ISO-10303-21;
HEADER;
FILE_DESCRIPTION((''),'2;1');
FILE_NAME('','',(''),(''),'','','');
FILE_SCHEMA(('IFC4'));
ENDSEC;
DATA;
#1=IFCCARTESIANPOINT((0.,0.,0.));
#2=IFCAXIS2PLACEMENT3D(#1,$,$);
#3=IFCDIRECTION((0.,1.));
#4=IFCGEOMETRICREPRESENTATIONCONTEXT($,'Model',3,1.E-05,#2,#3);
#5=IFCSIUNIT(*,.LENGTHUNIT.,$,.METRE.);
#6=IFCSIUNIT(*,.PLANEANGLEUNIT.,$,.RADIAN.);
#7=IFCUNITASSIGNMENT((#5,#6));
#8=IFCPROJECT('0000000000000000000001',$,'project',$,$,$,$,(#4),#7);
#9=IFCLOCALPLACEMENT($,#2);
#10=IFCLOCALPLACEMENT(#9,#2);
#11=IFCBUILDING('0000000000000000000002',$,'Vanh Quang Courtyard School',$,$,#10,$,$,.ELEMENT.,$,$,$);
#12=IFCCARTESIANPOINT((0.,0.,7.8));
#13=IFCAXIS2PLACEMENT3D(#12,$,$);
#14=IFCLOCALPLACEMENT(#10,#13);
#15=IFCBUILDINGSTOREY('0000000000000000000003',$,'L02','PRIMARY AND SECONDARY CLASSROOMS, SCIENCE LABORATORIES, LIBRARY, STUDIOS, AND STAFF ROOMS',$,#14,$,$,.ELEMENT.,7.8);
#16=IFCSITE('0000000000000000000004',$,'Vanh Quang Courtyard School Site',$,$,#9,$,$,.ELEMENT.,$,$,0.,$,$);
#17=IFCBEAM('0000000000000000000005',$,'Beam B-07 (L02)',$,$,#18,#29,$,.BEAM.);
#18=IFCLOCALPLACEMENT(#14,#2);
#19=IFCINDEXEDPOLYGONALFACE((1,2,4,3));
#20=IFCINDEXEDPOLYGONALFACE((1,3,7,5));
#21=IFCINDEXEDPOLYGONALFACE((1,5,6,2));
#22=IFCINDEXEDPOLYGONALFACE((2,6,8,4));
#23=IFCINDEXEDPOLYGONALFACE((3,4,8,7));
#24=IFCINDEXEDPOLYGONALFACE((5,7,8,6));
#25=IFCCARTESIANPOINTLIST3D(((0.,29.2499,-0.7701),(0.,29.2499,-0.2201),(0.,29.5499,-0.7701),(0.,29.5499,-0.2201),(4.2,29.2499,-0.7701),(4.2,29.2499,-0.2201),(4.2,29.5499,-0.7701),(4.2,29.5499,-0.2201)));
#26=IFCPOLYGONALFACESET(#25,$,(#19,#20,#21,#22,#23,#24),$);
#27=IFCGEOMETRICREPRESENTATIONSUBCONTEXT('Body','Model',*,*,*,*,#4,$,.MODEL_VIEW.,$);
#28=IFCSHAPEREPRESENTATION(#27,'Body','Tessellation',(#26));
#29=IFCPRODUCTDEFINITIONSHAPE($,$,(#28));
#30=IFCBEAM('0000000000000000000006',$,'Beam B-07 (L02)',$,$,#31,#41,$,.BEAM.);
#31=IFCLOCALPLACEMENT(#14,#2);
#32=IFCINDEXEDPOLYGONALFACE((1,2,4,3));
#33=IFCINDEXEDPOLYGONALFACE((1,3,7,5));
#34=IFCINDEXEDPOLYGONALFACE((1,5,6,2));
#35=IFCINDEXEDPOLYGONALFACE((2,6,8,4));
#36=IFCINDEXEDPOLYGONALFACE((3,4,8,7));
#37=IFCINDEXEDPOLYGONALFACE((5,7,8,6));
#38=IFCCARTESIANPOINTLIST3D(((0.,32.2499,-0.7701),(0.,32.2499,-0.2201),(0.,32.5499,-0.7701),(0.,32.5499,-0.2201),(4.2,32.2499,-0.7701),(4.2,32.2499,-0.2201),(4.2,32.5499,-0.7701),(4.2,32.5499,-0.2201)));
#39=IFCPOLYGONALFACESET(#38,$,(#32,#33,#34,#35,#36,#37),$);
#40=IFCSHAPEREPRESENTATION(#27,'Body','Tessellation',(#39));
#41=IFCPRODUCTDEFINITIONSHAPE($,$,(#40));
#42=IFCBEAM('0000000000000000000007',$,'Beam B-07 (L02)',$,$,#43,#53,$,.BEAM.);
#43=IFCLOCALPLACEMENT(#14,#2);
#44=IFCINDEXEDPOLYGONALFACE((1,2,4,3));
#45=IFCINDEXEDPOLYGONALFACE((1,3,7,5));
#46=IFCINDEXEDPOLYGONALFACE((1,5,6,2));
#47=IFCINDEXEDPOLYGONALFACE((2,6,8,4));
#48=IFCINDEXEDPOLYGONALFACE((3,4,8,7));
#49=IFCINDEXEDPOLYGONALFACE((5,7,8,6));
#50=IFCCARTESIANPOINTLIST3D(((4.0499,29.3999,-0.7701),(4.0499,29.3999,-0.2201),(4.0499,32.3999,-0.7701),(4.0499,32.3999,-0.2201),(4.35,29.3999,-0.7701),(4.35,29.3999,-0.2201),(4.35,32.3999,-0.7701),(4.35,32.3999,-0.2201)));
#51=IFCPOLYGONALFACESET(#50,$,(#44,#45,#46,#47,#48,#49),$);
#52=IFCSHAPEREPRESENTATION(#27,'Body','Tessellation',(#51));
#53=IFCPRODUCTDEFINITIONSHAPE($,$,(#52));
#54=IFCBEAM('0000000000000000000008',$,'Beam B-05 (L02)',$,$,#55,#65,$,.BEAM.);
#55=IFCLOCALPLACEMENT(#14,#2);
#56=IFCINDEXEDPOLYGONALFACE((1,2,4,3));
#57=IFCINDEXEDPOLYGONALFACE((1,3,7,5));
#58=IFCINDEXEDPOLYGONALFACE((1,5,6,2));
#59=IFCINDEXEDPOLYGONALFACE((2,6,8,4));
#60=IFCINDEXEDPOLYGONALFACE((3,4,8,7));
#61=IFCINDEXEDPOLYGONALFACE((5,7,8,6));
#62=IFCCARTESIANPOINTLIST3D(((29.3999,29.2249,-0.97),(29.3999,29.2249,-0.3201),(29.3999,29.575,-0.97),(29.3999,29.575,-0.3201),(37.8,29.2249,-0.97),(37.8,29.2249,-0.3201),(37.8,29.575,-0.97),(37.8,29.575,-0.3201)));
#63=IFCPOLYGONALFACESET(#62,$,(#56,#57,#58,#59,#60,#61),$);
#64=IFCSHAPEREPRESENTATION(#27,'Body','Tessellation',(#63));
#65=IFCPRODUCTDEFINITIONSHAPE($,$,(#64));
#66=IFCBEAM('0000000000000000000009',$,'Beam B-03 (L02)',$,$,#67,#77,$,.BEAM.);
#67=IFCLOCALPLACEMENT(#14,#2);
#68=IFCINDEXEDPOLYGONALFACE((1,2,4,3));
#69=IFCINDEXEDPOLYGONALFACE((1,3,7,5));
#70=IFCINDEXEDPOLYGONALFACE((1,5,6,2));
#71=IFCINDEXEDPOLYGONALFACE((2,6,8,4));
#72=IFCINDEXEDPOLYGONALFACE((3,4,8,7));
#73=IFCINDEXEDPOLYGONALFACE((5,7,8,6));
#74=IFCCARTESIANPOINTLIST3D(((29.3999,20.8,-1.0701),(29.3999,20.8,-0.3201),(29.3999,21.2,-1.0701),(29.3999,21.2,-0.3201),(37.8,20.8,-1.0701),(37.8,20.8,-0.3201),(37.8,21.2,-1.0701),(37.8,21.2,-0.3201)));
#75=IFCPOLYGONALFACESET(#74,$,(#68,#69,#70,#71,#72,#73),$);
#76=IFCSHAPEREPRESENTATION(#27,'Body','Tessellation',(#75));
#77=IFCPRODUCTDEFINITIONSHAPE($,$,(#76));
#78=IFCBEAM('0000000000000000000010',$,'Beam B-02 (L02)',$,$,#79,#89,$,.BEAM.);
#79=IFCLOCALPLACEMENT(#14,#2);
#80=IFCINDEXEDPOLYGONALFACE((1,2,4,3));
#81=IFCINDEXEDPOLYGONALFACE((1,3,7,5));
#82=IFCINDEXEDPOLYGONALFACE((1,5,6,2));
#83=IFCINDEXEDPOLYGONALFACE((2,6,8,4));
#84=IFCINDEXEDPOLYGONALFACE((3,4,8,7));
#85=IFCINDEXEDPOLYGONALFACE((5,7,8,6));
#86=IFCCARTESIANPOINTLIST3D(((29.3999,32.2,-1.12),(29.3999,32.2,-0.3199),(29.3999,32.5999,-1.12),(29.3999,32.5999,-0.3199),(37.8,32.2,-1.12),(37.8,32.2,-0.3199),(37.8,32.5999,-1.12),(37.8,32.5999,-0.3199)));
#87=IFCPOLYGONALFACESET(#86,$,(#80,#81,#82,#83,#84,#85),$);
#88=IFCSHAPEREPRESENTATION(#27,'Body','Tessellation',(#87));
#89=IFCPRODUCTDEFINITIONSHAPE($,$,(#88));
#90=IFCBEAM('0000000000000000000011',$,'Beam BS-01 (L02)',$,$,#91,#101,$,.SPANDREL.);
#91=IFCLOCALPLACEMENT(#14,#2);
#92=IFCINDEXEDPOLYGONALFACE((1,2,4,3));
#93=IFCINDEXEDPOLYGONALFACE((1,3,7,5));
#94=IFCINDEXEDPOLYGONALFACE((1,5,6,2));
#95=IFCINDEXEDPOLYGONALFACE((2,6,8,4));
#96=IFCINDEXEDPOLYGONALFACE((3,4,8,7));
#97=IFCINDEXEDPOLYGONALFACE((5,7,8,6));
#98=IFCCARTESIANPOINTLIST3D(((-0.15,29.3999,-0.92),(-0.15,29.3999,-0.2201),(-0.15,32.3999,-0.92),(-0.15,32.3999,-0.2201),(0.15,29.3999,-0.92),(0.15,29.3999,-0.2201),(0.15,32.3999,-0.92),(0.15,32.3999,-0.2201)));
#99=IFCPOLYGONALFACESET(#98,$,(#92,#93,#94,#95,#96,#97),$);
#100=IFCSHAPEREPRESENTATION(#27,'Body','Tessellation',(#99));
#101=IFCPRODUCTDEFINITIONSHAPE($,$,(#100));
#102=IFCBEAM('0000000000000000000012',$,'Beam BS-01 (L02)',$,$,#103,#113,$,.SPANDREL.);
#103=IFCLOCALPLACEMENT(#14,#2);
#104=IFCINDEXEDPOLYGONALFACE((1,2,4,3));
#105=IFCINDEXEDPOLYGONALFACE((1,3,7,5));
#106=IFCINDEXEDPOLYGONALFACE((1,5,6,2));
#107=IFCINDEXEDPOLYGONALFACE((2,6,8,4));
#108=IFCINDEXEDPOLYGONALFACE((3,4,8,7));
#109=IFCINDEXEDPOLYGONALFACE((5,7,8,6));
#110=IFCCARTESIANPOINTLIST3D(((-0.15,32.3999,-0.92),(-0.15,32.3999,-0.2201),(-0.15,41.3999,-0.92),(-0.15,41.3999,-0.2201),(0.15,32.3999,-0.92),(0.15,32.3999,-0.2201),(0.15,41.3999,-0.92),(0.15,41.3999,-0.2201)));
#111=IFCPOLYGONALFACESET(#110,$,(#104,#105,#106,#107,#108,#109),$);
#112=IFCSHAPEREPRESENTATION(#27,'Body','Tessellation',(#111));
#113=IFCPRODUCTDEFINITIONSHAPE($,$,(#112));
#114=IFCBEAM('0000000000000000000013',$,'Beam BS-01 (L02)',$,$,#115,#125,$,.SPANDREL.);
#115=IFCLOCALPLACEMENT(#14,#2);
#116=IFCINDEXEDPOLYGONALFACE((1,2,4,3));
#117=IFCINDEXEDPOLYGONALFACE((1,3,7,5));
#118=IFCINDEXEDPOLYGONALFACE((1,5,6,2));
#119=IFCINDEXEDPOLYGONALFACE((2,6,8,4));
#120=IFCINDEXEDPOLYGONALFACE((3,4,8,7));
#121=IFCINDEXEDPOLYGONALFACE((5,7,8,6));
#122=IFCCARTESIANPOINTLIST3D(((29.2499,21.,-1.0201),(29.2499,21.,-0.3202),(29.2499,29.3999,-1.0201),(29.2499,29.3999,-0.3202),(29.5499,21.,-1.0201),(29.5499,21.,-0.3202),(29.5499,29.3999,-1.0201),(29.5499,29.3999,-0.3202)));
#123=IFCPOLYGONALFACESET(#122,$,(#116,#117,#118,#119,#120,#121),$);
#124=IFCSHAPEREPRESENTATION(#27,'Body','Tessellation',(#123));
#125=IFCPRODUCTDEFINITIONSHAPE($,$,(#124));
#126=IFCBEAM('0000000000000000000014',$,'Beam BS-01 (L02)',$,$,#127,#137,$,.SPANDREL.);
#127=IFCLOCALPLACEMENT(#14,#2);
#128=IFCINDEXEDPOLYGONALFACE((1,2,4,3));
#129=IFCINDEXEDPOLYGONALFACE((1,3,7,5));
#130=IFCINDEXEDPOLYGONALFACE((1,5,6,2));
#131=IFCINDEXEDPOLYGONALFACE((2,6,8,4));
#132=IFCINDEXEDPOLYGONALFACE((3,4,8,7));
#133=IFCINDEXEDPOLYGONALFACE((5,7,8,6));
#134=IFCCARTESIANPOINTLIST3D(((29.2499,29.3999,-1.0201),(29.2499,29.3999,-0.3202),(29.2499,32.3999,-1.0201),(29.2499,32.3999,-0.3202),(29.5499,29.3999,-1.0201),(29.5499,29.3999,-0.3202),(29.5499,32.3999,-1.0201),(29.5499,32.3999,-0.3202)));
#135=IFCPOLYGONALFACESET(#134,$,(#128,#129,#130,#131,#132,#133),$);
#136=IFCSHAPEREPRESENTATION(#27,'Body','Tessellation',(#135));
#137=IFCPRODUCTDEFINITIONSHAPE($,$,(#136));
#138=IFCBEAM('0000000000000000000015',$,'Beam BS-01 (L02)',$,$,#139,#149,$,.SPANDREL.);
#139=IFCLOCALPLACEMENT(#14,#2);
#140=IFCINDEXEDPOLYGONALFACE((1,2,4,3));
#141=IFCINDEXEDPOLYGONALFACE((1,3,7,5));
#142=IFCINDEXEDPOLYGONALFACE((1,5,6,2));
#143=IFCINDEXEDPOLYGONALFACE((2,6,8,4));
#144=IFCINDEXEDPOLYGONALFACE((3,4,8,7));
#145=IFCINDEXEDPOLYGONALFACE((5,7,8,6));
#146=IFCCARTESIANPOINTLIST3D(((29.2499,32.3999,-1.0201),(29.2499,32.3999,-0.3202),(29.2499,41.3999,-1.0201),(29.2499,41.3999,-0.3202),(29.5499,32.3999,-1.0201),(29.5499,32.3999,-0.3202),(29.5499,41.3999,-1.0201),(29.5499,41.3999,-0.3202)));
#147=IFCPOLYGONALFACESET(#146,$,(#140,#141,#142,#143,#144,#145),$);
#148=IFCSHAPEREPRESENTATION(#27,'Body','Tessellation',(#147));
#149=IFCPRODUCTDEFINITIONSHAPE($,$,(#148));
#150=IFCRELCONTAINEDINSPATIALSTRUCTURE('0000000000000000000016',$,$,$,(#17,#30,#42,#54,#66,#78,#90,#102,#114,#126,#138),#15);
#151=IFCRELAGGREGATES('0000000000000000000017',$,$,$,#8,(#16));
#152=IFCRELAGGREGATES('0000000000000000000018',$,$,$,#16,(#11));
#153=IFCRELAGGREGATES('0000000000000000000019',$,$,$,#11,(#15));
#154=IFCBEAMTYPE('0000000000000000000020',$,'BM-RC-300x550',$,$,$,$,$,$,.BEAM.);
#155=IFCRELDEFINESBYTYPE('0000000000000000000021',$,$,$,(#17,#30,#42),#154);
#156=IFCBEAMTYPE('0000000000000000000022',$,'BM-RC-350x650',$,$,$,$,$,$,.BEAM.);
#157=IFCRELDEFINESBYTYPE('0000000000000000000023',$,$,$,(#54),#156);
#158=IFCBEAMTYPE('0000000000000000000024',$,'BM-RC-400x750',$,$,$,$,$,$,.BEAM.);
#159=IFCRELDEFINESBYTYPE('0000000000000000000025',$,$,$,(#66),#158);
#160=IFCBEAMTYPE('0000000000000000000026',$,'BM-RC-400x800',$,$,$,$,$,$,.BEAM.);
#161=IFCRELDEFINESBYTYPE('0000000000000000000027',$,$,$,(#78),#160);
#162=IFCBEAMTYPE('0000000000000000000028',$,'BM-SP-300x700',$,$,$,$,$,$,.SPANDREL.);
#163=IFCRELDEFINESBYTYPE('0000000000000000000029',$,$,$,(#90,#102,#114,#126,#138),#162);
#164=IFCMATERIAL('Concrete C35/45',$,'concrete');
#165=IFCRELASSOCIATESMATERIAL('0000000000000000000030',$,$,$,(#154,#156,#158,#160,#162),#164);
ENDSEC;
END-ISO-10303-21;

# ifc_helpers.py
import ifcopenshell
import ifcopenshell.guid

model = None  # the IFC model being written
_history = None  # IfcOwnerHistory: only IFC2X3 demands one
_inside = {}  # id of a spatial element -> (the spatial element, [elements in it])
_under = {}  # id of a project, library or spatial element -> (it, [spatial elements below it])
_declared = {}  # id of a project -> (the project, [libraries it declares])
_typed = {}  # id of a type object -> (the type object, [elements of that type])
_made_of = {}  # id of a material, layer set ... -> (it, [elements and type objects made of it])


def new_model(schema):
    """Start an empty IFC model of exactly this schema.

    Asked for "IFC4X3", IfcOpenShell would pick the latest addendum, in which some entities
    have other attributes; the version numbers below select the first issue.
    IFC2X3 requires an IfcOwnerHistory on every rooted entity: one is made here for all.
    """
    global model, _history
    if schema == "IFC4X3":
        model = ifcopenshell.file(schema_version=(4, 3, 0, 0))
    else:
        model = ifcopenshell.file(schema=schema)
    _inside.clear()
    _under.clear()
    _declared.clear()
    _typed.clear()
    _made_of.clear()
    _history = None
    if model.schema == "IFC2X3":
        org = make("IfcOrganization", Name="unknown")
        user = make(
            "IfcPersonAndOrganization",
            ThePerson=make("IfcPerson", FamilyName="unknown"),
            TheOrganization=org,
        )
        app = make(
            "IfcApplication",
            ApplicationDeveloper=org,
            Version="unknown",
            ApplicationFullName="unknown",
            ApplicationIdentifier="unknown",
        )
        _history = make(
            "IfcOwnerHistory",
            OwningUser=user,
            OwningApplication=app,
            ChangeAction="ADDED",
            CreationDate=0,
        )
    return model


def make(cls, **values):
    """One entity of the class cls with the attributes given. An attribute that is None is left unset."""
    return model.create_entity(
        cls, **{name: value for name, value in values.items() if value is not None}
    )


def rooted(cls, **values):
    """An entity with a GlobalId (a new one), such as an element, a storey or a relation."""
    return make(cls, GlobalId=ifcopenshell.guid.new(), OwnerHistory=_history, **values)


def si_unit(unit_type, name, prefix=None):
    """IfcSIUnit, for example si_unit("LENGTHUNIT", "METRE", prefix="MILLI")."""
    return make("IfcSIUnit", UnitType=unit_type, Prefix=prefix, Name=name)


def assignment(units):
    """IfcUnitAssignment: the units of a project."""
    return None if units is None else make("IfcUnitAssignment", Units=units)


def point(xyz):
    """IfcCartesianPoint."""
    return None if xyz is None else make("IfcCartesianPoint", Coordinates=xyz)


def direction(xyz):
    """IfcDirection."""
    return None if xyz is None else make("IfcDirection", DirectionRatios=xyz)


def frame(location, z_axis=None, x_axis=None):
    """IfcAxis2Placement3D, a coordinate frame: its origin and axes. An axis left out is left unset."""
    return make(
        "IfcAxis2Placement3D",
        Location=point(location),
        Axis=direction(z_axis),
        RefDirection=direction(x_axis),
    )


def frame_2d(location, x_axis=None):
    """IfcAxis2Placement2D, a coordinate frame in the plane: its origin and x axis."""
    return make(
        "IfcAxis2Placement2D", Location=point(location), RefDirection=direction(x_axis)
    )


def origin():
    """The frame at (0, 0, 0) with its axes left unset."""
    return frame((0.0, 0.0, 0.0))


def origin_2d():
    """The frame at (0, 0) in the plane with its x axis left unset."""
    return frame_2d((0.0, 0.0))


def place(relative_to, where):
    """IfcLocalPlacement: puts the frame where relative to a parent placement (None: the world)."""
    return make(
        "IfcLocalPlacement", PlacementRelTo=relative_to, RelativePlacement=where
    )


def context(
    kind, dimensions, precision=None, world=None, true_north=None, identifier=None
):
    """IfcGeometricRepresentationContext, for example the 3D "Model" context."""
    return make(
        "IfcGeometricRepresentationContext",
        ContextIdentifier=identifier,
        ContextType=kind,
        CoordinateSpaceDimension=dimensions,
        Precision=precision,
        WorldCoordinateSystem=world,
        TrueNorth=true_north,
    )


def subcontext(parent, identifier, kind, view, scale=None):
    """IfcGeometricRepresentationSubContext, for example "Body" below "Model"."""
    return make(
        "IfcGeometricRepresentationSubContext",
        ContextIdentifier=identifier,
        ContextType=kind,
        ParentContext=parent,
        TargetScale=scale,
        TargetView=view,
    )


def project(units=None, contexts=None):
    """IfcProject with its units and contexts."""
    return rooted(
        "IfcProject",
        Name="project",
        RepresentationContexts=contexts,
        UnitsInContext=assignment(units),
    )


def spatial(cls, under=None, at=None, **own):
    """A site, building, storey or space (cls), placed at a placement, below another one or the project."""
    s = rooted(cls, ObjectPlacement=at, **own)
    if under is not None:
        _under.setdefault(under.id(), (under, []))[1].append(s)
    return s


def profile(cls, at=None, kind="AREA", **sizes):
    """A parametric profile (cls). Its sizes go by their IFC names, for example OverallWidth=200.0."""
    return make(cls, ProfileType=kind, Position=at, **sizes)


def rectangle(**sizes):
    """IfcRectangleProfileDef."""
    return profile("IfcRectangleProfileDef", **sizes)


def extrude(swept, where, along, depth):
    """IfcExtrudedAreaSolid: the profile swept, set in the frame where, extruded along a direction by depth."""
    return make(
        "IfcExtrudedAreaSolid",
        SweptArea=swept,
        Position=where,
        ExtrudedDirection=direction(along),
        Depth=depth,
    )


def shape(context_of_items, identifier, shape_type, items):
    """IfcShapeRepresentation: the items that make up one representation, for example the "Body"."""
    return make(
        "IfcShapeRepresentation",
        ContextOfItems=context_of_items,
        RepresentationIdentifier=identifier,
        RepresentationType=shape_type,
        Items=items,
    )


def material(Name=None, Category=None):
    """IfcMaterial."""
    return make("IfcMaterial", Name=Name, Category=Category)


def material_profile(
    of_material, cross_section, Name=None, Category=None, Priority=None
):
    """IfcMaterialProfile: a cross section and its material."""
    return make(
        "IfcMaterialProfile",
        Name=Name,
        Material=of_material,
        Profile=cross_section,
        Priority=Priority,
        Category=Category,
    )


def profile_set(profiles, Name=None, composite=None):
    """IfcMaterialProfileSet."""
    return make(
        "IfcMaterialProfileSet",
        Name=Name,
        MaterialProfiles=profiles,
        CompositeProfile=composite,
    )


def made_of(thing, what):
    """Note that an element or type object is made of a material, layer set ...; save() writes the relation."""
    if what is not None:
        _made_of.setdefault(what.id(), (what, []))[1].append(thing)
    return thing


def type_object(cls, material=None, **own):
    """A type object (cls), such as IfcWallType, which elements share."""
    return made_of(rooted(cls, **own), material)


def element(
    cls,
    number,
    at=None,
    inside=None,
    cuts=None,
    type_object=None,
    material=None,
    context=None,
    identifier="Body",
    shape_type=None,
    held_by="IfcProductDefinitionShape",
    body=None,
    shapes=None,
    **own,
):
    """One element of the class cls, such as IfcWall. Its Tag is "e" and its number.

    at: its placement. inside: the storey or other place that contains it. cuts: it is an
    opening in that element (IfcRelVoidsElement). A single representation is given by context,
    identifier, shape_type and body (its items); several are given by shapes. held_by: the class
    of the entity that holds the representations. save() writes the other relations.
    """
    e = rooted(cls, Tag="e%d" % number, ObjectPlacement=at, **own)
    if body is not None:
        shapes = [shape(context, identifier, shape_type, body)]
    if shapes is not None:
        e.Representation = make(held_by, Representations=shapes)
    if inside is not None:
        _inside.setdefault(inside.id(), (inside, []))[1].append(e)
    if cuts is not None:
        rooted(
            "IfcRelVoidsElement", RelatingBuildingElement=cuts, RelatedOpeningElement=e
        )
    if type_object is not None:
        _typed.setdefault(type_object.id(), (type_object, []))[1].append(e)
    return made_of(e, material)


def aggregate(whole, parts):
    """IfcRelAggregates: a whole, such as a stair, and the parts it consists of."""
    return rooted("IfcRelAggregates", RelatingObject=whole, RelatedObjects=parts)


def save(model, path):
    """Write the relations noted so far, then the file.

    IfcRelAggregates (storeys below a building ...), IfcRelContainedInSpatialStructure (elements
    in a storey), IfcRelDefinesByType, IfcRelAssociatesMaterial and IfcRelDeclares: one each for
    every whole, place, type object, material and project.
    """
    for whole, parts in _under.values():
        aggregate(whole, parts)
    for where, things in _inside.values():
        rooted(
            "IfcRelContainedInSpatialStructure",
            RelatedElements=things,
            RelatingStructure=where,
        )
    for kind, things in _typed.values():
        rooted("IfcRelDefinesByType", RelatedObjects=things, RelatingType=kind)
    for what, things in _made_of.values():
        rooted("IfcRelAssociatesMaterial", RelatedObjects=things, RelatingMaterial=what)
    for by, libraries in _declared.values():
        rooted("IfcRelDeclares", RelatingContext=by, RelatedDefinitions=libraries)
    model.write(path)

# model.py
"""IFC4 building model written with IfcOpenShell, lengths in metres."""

from ifc_helpers import new_model, si_unit, direction, frame, origin, origin_2d, place, context, subcontext, project, spatial, rectangle, extrude, material, material_profile, profile_set, type_object, element, save


model = new_model("IFC4")

# Units and contexts
model_context = context("Model", 3, precision=1e-05, world=origin(), true_north=direction((0.0, 1.0)))
body_context = subcontext(model_context, "Body", "Model", "MODEL_VIEW")
ifc_project = project(units=[si_unit("LENGTHUNIT", "METRE"), si_unit("PLANEANGLEUNIT", "RADIAN")], contexts=[model_context])

# Site, building, storey
site_placement = place(None, origin())
site = spatial("IfcSite", under=ifc_project, at=site_placement, Name="Vanh Quang Courtyard School Site", CompositionType="ELEMENT", RefElevation=0.0)
building_placement = place(site_placement, origin())
building = spatial("IfcBuilding", under=site, at=building_placement, Name="Vanh Quang Courtyard School", CompositionType="ELEMENT")
storey_placement = place(building_placement, frame((0.0, 0.0, 7.8)))
storey = spatial("IfcBuildingStorey", under=building, at=storey_placement, Name="L02", Description="PRIMARY AND SECONDARY CLASSROOMS, SCIENCE LABORATORIES, LIBRARY, STUDIOS, AND STAFF ROOMS", CompositionType="ELEMENT", Elevation=7.8)

# Beams
ifc_material_1 = material(Name="Concrete C35/45", Category="concrete")
ifc_material_profile_1 = material_profile(ifc_material_1, rectangle(XDim=0.3, YDim=0.55, at=origin_2d()), Name="RC-BM 300x550")
ifc_profile_set_1 = profile_set([ifc_material_profile_1], Name="Concrete C35/45")
beam_type_1 = type_object("IfcBeamType", Name="BM-RC-300x550", PredefinedType="BEAM", material=ifc_profile_set_1)
for number, where, z_axis, x_axis, name in (
    (1, (0.0, 29.3999, -0.4951), (1.0, 0.0, 0.0), (0.0, 1.0, 0.0), "Beam B-07 (L02)"),
    (2, (0.0, 32.3999, -0.4951), (1.0, 0.0, 0.0), (0.0, 1.0, 0.0), "Beam B-07 (L02)"),
):
    element("IfcBeam", number, at=place(storey_placement, frame(where, z_axis=z_axis, x_axis=x_axis)), inside=storey, type_object=beam_type_1, Name=name, PredefinedType="BEAM", context=body_context, shape_type="SweptSolid", body=[
        extrude(rectangle(XDim=0.3, YDim=0.55, at=origin_2d()), origin(), (0.0, 0.0, 1.0), 4.2),
    ])
beam_1_placement = place(storey_placement, frame((4.2, 29.3999, -0.4951), z_axis=(0.0, 1.0, 0.0), x_axis=(-1.0, 0.0, 0.0)))
element("IfcBeam", 3, at=beam_1_placement, inside=storey, type_object=beam_type_1, Name="Beam B-07 (L02)", PredefinedType="BEAM", context=body_context, shape_type="SweptSolid", body=[
    extrude(rectangle(XDim=0.3, YDim=0.55, at=origin_2d()), origin(), (0.0, 0.0, 1.0), 3.0),
])
ifc_material_profile_2 = material_profile(ifc_material_1, rectangle(XDim=0.3501, YDim=0.6499, at=origin_2d()), Name="RC-BM 350x650")
ifc_profile_set_2 = profile_set([ifc_material_profile_2], Name="Concrete C35/45")
beam_type_2 = type_object("IfcBeamType", Name="BM-RC-350x650", PredefinedType="BEAM", material=ifc_profile_set_2)
beam_2_placement = place(storey_placement, frame((29.3999, 29.3999, -0.645), z_axis=(1.0, 0.0, 0.0), x_axis=(0.0, 1.0, 0.0)))
element("IfcBeam", 4, at=beam_2_placement, inside=storey, type_object=beam_type_2, Name="Beam B-05 (L02)", PredefinedType="BEAM", context=body_context, shape_type="SweptSolid", body=[
    extrude(rectangle(XDim=0.3501, YDim=0.6499, at=origin_2d()), origin(), (0.0, 0.0, 1.0), 8.4001),
])
ifc_material_profile_3 = material_profile(ifc_material_1, rectangle(XDim=0.3999, YDim=0.75, at=origin_2d()), Name="RC-BM 400x750")
ifc_profile_set_3 = profile_set([ifc_material_profile_3], Name="Concrete C35/45")
beam_type_3 = type_object("IfcBeamType", Name="BM-RC-400x750", PredefinedType="BEAM", material=ifc_profile_set_3)
beam_3_placement = place(storey_placement, frame((29.3999, 21.0, -0.6951), z_axis=(1.0, 0.0, 0.0), x_axis=(0.0, 1.0, 0.0)))
element("IfcBeam", 5, at=beam_3_placement, inside=storey, type_object=beam_type_3, Name="Beam B-03 (L02)", PredefinedType="BEAM", context=body_context, shape_type="SweptSolid", body=[
    extrude(rectangle(XDim=0.3999, YDim=0.75, at=origin_2d()), origin(), (0.0, 0.0, 1.0), 8.4001),
])
ifc_material_profile_4 = material_profile(ifc_material_1, rectangle(XDim=0.3999, YDim=0.8, at=origin_2d()), Name="RC-BM 400x800")
ifc_profile_set_4 = profile_set([ifc_material_profile_4], Name="Concrete C35/45")
beam_type_4 = type_object("IfcBeamType", Name="BM-RC-400x800", PredefinedType="BEAM", material=ifc_profile_set_4)
beam_4_placement = place(storey_placement, frame((29.3999, 32.3999, -0.72), z_axis=(1.0, 0.0, 0.0), x_axis=(0.0, 1.0, 0.0)))
element("IfcBeam", 6, at=beam_4_placement, inside=storey, type_object=beam_type_4, Name="Beam B-02 (L02)", PredefinedType="BEAM", context=body_context, shape_type="SweptSolid", body=[
    extrude(rectangle(XDim=0.3999, YDim=0.8, at=origin_2d()), origin(), (0.0, 0.0, 1.0), 8.4001),
])
ifc_material_profile_5 = material_profile(ifc_material_1, rectangle(XDim=0.3, YDim=0.7, at=origin_2d()), Name="RC-SP 300x700")
ifc_profile_set_5 = profile_set([ifc_material_profile_5], Name="Concrete C35/45")
beam_type_5 = type_object("IfcBeamType", Name="BM-SP-300x700", PredefinedType="SPANDREL", material=ifc_profile_set_5)
beam_5_placement = place(storey_placement, frame((0.0, 29.3999, -0.5701), z_axis=(0.0, 1.0, 0.0), x_axis=(-1.0, 0.0, 0.0)))
element("IfcBeam", 7, at=beam_5_placement, inside=storey, type_object=beam_type_5, Name="Beam BS-01 (L02)", PredefinedType="SPANDREL", context=body_context, shape_type="SweptSolid", body=[
    extrude(rectangle(XDim=0.3, YDim=0.7, at=origin_2d()), origin(), (0.0, 0.0, 1.0), 3.0),
])
beam_6_placement = place(storey_placement, frame((0.0, 32.3999, -0.5701), z_axis=(0.0, 1.0, 0.0), x_axis=(-1.0, 0.0, 0.0)))
element("IfcBeam", 8, at=beam_6_placement, inside=storey, type_object=beam_type_5, Name="Beam BS-01 (L02)", PredefinedType="SPANDREL", context=body_context, shape_type="SweptSolid", body=[
    extrude(rectangle(XDim=0.3, YDim=0.7, at=origin_2d()), origin(), (0.0, 0.0, 1.0), 9.0),
])
beam_7_placement = place(storey_placement, frame((29.3999, 21.0, -0.6702), z_axis=(0.0, 1.0, 0.0), x_axis=(-1.0, 0.0, 0.0)))
element("IfcBeam", 9, at=beam_7_placement, inside=storey, type_object=beam_type_5, Name="Beam BS-01 (L02)", PredefinedType="SPANDREL", context=body_context, shape_type="SweptSolid", body=[
    extrude(rectangle(XDim=0.3, YDim=0.7, at=origin_2d()), origin(), (0.0, 0.0, 1.0), 8.3999),
])
beam_8_placement = place(storey_placement, frame((29.3999, 29.3999, -0.6702), z_axis=(0.0, 1.0, 0.0), x_axis=(-1.0, 0.0, 0.0)))
element("IfcBeam", 10, at=beam_8_placement, inside=storey, type_object=beam_type_5, Name="Beam BS-01 (L02)", PredefinedType="SPANDREL", context=body_context, shape_type="SweptSolid", body=[
    extrude(rectangle(XDim=0.3, YDim=0.7, at=origin_2d()), origin(), (0.0, 0.0, 1.0), 3.0),
])
beam_9_placement = place(storey_placement, frame((29.3999, 32.3999, -0.6702), z_axis=(0.0, 1.0, 0.0), x_axis=(-1.0, 0.0, 0.0)))
element("IfcBeam", 11, at=beam_9_placement, inside=storey, type_object=beam_type_5, Name="Beam BS-01 (L02)", PredefinedType="SPANDREL", context=body_context, shape_type="SweptSolid", body=[
    extrude(rectangle(XDim=0.3, YDim=0.7, at=origin_2d()), origin(), (0.0, 0.0, 1.0), 9.0),
])

save(model, "model.ifc")
